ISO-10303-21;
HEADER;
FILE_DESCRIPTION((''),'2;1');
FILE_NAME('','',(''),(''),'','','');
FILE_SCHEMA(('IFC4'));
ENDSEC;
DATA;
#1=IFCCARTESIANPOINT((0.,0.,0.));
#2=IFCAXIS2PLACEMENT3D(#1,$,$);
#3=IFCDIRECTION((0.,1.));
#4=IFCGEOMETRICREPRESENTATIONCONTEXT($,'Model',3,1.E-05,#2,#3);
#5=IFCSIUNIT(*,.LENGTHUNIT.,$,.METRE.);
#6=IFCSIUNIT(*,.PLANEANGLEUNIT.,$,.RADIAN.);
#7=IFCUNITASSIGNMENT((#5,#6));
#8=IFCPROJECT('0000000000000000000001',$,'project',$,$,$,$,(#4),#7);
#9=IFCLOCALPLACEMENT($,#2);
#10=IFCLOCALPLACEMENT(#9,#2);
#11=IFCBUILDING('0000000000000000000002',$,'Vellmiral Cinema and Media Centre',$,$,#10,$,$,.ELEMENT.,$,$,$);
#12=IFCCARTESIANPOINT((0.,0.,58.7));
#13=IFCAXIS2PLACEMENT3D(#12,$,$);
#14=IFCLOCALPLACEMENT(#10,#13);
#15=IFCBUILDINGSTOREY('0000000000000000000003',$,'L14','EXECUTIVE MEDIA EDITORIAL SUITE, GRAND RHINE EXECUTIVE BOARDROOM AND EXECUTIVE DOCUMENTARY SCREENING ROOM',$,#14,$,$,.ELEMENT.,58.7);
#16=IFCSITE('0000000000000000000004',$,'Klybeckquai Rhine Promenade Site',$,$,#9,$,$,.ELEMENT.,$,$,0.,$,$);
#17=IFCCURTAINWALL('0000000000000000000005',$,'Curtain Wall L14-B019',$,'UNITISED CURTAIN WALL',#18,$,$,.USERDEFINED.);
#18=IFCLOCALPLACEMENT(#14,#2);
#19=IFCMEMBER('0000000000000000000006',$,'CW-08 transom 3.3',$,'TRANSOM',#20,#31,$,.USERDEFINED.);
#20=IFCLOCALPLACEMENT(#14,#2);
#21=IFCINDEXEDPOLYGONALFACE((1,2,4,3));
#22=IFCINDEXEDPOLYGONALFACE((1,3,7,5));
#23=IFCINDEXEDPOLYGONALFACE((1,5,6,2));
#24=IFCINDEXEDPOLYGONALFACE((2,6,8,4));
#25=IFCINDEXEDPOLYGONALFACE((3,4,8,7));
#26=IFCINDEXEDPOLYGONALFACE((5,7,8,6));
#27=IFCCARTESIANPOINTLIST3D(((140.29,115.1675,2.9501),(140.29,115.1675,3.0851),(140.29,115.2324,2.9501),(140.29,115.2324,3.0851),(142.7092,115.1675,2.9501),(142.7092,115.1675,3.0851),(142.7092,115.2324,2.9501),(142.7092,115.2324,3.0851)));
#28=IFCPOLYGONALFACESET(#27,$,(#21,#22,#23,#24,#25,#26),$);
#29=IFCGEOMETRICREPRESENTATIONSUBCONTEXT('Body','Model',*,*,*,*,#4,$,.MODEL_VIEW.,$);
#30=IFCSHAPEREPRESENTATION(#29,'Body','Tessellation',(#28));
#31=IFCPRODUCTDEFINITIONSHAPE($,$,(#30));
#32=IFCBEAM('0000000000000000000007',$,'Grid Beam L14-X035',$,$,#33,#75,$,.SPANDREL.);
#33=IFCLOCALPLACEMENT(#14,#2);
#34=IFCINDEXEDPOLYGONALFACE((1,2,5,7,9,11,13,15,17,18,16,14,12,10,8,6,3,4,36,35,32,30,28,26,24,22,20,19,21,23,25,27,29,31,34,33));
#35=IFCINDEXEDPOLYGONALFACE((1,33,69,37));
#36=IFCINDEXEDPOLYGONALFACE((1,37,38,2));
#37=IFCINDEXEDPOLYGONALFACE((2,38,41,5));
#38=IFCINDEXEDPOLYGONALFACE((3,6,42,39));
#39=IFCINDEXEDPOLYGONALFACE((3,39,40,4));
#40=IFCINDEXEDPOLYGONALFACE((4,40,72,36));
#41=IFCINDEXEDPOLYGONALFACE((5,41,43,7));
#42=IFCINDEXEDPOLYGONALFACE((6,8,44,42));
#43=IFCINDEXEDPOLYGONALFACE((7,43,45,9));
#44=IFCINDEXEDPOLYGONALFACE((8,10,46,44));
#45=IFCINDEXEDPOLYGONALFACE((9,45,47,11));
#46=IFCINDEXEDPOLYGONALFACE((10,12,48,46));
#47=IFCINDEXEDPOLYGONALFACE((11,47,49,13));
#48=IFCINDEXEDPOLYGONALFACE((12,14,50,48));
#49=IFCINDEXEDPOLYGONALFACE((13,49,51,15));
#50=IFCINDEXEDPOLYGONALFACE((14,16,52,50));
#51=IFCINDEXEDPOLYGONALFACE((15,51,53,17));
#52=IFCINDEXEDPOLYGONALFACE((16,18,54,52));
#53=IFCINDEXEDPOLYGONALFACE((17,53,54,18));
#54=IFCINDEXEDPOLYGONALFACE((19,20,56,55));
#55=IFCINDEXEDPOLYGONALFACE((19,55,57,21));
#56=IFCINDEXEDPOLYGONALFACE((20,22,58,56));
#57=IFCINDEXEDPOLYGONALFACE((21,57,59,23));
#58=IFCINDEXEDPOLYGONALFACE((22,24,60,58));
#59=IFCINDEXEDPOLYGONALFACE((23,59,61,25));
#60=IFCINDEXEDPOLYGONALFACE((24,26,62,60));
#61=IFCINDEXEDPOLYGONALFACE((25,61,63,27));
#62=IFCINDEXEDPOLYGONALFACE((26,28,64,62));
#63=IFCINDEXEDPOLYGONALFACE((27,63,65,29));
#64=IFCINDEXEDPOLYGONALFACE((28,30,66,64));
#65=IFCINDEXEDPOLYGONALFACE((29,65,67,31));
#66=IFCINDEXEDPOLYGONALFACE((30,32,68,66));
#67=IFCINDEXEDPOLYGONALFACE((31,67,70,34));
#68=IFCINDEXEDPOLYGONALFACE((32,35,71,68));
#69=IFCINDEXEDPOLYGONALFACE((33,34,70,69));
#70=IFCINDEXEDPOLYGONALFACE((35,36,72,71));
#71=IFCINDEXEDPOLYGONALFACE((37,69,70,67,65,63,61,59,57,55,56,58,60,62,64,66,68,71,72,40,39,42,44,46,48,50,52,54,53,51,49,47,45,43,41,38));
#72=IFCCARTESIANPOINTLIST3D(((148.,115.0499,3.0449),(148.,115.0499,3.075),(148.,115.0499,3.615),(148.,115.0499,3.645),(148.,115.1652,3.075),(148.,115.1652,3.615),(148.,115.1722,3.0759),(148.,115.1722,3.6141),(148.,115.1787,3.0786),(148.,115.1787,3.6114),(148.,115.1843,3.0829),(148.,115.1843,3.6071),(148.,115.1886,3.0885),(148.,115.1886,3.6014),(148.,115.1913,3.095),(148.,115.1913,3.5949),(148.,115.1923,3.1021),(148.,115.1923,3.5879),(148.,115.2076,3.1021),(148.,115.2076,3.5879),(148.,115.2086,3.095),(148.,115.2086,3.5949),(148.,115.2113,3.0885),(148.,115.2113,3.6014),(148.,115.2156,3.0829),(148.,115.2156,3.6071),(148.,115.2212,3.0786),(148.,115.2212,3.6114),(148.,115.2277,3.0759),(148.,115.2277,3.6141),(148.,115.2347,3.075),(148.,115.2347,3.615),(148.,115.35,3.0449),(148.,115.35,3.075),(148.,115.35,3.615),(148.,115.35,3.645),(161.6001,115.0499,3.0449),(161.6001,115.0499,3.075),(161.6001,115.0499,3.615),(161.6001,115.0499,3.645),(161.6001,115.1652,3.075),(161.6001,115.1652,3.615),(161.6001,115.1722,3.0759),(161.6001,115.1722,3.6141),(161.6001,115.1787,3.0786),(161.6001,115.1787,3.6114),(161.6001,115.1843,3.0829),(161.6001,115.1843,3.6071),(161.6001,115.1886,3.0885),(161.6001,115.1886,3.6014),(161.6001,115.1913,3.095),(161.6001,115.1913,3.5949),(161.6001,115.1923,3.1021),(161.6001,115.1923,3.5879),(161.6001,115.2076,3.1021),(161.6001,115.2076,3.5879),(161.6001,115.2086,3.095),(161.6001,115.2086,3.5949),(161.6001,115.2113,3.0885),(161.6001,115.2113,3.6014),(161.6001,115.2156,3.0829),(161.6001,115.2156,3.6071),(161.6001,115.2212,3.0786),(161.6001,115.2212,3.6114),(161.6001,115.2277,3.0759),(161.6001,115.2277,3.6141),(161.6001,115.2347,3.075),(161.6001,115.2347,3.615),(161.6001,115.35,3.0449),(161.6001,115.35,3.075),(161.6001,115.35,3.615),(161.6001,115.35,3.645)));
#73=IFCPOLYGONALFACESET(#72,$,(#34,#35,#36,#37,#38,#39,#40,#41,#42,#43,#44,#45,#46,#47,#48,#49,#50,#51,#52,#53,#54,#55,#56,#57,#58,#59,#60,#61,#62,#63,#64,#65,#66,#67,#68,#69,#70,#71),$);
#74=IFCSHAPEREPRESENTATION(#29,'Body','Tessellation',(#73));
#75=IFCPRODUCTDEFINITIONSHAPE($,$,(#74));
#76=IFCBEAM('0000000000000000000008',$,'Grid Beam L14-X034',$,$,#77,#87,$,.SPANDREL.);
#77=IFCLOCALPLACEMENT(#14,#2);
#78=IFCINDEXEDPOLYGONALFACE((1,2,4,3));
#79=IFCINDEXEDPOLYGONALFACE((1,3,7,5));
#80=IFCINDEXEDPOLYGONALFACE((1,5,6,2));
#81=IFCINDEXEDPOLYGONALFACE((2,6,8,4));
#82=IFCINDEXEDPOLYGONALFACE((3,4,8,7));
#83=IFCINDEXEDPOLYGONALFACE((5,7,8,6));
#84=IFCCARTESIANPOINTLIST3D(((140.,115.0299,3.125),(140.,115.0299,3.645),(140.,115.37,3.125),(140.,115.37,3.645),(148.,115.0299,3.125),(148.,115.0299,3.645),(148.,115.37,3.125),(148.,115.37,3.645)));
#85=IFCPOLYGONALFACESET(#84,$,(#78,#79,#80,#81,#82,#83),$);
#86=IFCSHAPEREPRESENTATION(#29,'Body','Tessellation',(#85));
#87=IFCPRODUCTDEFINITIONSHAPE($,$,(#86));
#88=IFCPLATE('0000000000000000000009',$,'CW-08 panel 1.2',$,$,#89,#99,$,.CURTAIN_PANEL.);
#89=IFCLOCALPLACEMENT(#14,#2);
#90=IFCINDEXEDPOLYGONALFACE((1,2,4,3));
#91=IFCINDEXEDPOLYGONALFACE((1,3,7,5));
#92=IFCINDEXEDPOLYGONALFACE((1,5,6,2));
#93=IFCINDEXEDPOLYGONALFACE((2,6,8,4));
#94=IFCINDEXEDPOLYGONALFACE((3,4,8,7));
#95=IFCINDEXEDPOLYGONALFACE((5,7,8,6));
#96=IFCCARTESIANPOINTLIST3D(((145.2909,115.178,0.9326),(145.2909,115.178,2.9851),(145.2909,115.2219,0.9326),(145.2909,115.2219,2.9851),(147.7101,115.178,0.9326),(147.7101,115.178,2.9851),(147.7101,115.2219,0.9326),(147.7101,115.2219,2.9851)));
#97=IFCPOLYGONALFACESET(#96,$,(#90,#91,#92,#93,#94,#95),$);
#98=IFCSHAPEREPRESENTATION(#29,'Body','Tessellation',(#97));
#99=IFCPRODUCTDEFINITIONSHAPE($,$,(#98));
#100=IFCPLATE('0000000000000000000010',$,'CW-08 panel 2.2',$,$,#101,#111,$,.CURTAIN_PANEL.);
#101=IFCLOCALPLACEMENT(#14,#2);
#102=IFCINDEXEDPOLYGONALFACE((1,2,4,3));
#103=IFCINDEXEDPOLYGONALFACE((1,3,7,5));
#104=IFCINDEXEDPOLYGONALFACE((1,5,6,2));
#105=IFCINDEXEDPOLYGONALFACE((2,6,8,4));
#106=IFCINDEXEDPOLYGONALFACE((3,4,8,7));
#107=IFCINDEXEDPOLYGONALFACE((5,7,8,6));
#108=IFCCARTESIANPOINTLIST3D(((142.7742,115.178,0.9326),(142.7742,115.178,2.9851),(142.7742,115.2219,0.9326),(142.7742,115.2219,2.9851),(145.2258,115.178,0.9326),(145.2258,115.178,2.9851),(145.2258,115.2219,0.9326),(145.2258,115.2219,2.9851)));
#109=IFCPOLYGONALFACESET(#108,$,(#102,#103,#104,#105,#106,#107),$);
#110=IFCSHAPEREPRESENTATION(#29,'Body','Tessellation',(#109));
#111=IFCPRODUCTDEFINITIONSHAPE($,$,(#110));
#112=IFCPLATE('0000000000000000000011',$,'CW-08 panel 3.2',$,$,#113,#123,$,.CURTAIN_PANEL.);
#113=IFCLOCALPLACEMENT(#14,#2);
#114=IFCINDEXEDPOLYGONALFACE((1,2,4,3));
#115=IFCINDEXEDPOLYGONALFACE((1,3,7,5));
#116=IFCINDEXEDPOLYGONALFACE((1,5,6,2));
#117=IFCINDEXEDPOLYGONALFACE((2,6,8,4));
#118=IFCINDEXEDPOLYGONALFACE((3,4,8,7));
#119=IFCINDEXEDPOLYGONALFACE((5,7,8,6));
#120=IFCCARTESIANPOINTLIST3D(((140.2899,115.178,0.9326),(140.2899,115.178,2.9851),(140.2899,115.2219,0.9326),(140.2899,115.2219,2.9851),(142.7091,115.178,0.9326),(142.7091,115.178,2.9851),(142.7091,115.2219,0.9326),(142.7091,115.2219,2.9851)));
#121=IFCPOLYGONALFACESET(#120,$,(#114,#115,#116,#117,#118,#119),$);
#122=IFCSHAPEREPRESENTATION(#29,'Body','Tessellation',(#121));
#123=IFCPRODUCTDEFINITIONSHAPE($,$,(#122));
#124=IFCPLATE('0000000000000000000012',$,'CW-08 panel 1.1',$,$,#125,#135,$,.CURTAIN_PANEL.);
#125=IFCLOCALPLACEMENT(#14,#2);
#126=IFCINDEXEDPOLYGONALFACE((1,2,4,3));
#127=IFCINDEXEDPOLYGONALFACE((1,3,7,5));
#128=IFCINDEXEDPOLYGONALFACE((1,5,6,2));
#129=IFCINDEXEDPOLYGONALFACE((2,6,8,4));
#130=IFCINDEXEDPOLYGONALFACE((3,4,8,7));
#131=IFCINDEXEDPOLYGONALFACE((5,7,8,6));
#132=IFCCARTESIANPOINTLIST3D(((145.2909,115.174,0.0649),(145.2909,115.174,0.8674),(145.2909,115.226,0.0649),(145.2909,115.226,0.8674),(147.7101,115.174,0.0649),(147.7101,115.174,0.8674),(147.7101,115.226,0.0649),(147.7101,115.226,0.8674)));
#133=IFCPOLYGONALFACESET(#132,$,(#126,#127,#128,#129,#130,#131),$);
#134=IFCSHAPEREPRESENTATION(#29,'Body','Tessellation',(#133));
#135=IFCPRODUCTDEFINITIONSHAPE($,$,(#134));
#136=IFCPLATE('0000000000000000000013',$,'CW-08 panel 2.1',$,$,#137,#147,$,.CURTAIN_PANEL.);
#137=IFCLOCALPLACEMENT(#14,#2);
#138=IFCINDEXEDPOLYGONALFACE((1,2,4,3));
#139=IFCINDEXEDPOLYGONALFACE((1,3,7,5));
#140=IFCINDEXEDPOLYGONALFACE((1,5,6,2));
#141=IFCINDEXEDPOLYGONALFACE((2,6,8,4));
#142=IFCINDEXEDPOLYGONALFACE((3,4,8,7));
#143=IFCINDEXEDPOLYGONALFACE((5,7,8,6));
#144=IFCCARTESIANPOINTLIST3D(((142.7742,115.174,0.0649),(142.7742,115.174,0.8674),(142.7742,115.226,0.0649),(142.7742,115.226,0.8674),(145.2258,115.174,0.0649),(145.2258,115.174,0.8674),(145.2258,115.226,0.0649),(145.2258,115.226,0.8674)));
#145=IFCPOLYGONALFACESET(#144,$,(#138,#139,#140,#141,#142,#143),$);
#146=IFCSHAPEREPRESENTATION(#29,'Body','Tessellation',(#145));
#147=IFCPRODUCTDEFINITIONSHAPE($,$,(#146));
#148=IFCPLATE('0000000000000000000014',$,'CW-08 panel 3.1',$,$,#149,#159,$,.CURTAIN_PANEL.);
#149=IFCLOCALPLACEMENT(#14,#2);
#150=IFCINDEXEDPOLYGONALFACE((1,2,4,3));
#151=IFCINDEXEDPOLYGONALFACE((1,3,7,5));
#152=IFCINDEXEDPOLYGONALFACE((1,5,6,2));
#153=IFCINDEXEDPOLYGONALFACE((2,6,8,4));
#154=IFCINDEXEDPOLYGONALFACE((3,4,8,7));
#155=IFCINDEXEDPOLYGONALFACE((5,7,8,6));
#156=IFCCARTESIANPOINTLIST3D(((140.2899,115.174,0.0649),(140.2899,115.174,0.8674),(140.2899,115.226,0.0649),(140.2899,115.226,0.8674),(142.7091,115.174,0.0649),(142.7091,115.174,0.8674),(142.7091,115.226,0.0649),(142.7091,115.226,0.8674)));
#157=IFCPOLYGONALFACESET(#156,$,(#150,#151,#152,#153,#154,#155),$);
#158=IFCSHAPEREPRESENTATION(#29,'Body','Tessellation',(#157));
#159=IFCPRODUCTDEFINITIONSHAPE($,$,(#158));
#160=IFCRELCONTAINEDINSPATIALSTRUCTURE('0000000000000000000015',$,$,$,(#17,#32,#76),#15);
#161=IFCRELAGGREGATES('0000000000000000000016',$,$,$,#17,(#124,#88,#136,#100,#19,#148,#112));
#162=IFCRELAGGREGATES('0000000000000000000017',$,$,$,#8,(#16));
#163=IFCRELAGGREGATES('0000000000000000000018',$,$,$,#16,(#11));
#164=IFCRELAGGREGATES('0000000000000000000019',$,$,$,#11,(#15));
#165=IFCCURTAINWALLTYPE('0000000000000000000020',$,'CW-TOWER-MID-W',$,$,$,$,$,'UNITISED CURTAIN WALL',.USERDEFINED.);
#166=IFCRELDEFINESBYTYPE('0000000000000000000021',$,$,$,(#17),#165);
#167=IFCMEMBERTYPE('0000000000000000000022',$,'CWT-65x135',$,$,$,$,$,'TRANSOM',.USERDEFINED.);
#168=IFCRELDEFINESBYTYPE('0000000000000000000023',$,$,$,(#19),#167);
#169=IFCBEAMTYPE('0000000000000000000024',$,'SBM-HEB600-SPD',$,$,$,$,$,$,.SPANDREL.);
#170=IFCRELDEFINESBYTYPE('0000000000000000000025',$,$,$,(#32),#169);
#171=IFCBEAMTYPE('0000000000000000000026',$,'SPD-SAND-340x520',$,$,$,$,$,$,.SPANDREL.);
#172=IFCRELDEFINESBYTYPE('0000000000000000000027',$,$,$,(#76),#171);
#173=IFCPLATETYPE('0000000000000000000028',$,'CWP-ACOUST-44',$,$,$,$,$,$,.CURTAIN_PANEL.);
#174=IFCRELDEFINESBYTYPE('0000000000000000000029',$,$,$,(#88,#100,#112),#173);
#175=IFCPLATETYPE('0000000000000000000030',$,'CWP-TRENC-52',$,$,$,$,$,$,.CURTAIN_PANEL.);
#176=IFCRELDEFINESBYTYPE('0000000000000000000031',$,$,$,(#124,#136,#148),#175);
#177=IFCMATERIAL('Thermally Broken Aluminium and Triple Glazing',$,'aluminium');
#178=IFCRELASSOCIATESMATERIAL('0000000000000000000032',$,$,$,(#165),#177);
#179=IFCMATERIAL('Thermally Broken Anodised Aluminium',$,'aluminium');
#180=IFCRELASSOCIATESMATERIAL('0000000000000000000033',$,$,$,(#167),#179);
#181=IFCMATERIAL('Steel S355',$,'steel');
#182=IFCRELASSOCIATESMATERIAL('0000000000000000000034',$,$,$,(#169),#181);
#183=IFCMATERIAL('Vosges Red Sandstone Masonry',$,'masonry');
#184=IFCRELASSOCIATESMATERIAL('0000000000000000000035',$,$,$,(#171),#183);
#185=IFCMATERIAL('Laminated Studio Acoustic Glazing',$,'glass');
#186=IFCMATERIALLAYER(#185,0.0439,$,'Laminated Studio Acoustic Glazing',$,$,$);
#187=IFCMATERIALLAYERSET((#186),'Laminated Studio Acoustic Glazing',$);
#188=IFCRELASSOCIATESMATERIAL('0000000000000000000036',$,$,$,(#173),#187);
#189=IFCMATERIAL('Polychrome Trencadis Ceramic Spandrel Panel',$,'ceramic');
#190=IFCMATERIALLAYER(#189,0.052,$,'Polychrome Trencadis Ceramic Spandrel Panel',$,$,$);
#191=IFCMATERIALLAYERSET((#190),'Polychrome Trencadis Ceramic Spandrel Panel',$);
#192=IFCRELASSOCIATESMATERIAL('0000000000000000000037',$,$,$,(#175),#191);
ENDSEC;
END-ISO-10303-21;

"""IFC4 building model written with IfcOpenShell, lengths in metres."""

from ifc_helpers import new_model, si_unit, direction, frame, origin, origin_2d, place, context, subcontext, project, spatial, rectangle, i_section, extrude, material, layer, layer_set, material_profile, profile_set, type_object, element, aggregate, save


model = new_model("IFC4")

# Units and contexts
model_context = context("Model", 3, precision=1e-05, world=origin(), true_north=direction((0.0, 1.0)))
body_context = subcontext(model_context, "Body", "Model", "MODEL_VIEW")
ifc_project = project(units=[si_unit("LENGTHUNIT", "METRE"), si_unit("PLANEANGLEUNIT", "RADIAN")], contexts=[model_context])

# Site, building, storey
site_placement = place(None, origin())
site = spatial("IfcSite", under=ifc_project, at=site_placement, Name="Klybeckquai Rhine Promenade Site", CompositionType="ELEMENT", RefElevation=0.0)
building_placement = place(site_placement, origin())
building = spatial("IfcBuilding", under=site, at=building_placement, Name="Vellmiral Cinema and Media Centre", CompositionType="ELEMENT")
storey_placement = place(building_placement, frame((0.0, 0.0, 58.7)))
storey = spatial("IfcBuildingStorey", under=building, at=storey_placement, Name="L14", Description="EXECUTIVE MEDIA EDITORIAL SUITE, GRAND RHINE EXECUTIVE BOARDROOM AND EXECUTIVE DOCUMENTARY SCREENING ROOM", CompositionType="ELEMENT", Elevation=58.7)

# Curtain wall, member
ifc_material_1 = material(Name="Thermally Broken Aluminium and Triple Glazing", Category="aluminium")
curtain_wall_type = type_object("IfcCurtainWallType", Name="CW-TOWER-MID-W", ElementType="UNITISED CURTAIN WALL", PredefinedType="USERDEFINED", material=ifc_material_1)
curtain_wall_placement = place(storey_placement, origin())
curtain_wall = element("IfcCurtainWall", 1, at=curtain_wall_placement, inside=storey, type_object=curtain_wall_type, Name="Curtain Wall L14-B019", ObjectType="UNITISED CURTAIN WALL", PredefinedType="USERDEFINED")
ifc_material_2 = material(Name="Thermally Broken Anodised Aluminium", Category="aluminium")
ifc_material_profile_1 = material_profile(ifc_material_2, rectangle(XDim=0.0649, YDim=0.135, at=origin_2d()), Name="MULL 65x135")
ifc_profile_set_1 = profile_set([ifc_material_profile_1], Name="Thermally Broken Anodised Aluminium")
member_type_1 = type_object("IfcMemberType", Name="CWT-65x135", ElementType="TRANSOM", PredefinedType="USERDEFINED", material=ifc_profile_set_1)
member_1_placement = place(storey_placement, frame((142.7092, 115.2, 3.0176), z_axis=(-1.0, 0.0, 0.0), x_axis=(0.0, -1.0, 0.0)))
member_1 = element("IfcMember", 2, at=member_1_placement, type_object=member_type_1, Name="CW-08 transom 3.3", ObjectType="TRANSOM", PredefinedType="USERDEFINED", context=body_context, shape_type="SweptSolid", body=[
    extrude(rectangle(XDim=0.0649, YDim=0.135, at=origin_2d()), origin(), (0.0, 0.0, 1.0), 2.4192),
])

# Beams
ifc_material_3 = material(Name="Steel S355", Category="steel")
ifc_material_profile_2 = material_profile(ifc_material_3, i_section(OverallWidth=0.3, OverallDepth=0.6001, WebThickness=0.0154, FlangeThickness=0.03, FilletRadius=0.0271, at=origin_2d()), Name="HEB 600")
ifc_profile_set_2 = profile_set([ifc_material_profile_2], Name="Steel S355")
beam_type_1 = type_object("IfcBeamType", Name="SBM-HEB600-SPD", PredefinedType="SPANDREL", material=ifc_profile_set_2)
beam_1_placement = place(storey_placement, frame((148.0, 115.2, 3.345), z_axis=(1.0, 0.0, 0.0), x_axis=(0.0, 1.0, 0.0)))
element("IfcBeam", 3, at=beam_1_placement, inside=storey, type_object=beam_type_1, Name="Grid Beam L14-X035", PredefinedType="SPANDREL", context=body_context, shape_type="SweptSolid", body=[
    extrude(i_section(OverallWidth=0.3, OverallDepth=0.6001, WebThickness=0.0154, FlangeThickness=0.03, FilletRadius=0.0271, at=origin_2d()), origin(), (0.0, 0.0, 1.0), 13.6001),
])
ifc_material_4 = material(Name="Vosges Red Sandstone Masonry", Category="masonry")
ifc_material_profile_3 = material_profile(ifc_material_4, rectangle(XDim=0.3401, YDim=0.52, at=origin_2d()), Name="SAND 340x520")
ifc_profile_set_3 = profile_set([ifc_material_profile_3], Name="Vosges Red Sandstone Masonry")
beam_type_2 = type_object("IfcBeamType", Name="SPD-SAND-340x520", PredefinedType="SPANDREL", material=ifc_profile_set_3)
beam_2_placement = place(storey_placement, frame((140.0, 115.2, 3.385), z_axis=(1.0, 0.0, 0.0), x_axis=(0.0, 1.0, 0.0)))
element("IfcBeam", 4, at=beam_2_placement, inside=storey, type_object=beam_type_2, Name="Grid Beam L14-X034", PredefinedType="SPANDREL", context=body_context, shape_type="SweptSolid", body=[
    extrude(rectangle(XDim=0.3401, YDim=0.52, at=origin_2d()), origin(), (0.0, 0.0, 1.0), 8.0),
])

# Plates
ifc_material_5 = material(Name="Laminated Studio Acoustic Glazing", Category="glass")
ifc_layer_1 = layer(ifc_material_5, 0.0439, Name="Laminated Studio Acoustic Glazing")
ifc_layer_set_1 = layer_set([ifc_layer_1], Name="Laminated Studio Acoustic Glazing")
plate_type_1 = type_object("IfcPlateType", Name="CWP-ACOUST-44", PredefinedType="CURTAIN_PANEL", material=ifc_layer_set_1)
plate_1_placement = place(storey_placement, frame((146.5005, 115.2, 0.9326), z_axis=(0.0, 0.0, 1.0), x_axis=(-1.0, 0.0, 0.0)))
plate_1 = element("IfcPlate", 5, at=plate_1_placement, type_object=plate_type_1, Name="CW-08 panel 1.2", PredefinedType="CURTAIN_PANEL", context=body_context, shape_type="SweptSolid", body=[
    extrude(rectangle(XDim=2.4192, YDim=0.0439, at=origin_2d()), origin(), (0.0, 0.0, 1.0), 2.0525),
])
plate_2_placement = place(storey_placement, frame((144.0, 115.2, 0.9326), z_axis=(0.0, 0.0, 1.0), x_axis=(-1.0, 0.0, 0.0)))
plate_2 = element("IfcPlate", 6, at=plate_2_placement, type_object=plate_type_1, Name="CW-08 panel 2.2", PredefinedType="CURTAIN_PANEL", context=body_context, shape_type="SweptSolid", body=[
    extrude(rectangle(XDim=2.4517, YDim=0.0439, at=origin_2d()), origin(), (0.0, 0.0, 1.0), 2.0525),
])
plate_3_placement = place(storey_placement, frame((141.4995, 115.2, 0.9326), z_axis=(0.0, 0.0, 1.0), x_axis=(-1.0, 0.0, 0.0)))
plate_3 = element("IfcPlate", 7, at=plate_3_placement, type_object=plate_type_1, Name="CW-08 panel 3.2", PredefinedType="CURTAIN_PANEL", context=body_context, shape_type="SweptSolid", body=[
    extrude(rectangle(XDim=2.4192, YDim=0.0439, at=origin_2d()), origin(), (0.0, 0.0, 1.0), 2.0525),
])
ifc_material_6 = material(Name="Polychrome Trencadis Ceramic Spandrel Panel", Category="ceramic")
ifc_layer_2 = layer(ifc_material_6, 0.052, Name="Polychrome Trencadis Ceramic Spandrel Panel")
ifc_layer_set_2 = layer_set([ifc_layer_2], Name="Polychrome Trencadis Ceramic Spandrel Panel")
plate_type_2 = type_object("IfcPlateType", Name="CWP-TRENC-52", PredefinedType="CURTAIN_PANEL", material=ifc_layer_set_2)
plate_4_placement = place(storey_placement, frame((146.5005, 115.2, 0.0649), z_axis=(0.0, 0.0, 1.0), x_axis=(-1.0, 0.0, 0.0)))
plate_4 = element("IfcPlate", 8, at=plate_4_placement, type_object=plate_type_2, Name="CW-08 panel 1.1", PredefinedType="CURTAIN_PANEL", context=body_context, shape_type="SweptSolid", body=[
    extrude(rectangle(XDim=2.4192, YDim=0.052, at=origin_2d()), origin(), (0.0, 0.0, 1.0), 0.8025),
])
plate_5_placement = place(storey_placement, frame((144.0, 115.2, 0.0649), z_axis=(0.0, 0.0, 1.0), x_axis=(-1.0, 0.0, 0.0)))
plate_5 = element("IfcPlate", 9, at=plate_5_placement, type_object=plate_type_2, Name="CW-08 panel 2.1", PredefinedType="CURTAIN_PANEL", context=body_context, shape_type="SweptSolid", body=[
    extrude(rectangle(XDim=2.4517, YDim=0.052, at=origin_2d()), origin(), (0.0, 0.0, 1.0), 0.8025),
])
plate_6_placement = place(storey_placement, frame((141.4995, 115.2, 0.0649), z_axis=(0.0, 0.0, 1.0), x_axis=(-1.0, 0.0, 0.0)))
plate_6 = element("IfcPlate", 10, at=plate_6_placement, type_object=plate_type_2, Name="CW-08 panel 3.1", PredefinedType="CURTAIN_PANEL", context=body_context, shape_type="SweptSolid", body=[
    extrude(rectangle(XDim=2.4192, YDim=0.052, at=origin_2d()), origin(), (0.0, 0.0, 1.0), 0.8025),
])
aggregate(curtain_wall, [plate_4, plate_1, plate_5, plate_2, member_1, plate_6, plate_3])

save(model, "model.ifc")
